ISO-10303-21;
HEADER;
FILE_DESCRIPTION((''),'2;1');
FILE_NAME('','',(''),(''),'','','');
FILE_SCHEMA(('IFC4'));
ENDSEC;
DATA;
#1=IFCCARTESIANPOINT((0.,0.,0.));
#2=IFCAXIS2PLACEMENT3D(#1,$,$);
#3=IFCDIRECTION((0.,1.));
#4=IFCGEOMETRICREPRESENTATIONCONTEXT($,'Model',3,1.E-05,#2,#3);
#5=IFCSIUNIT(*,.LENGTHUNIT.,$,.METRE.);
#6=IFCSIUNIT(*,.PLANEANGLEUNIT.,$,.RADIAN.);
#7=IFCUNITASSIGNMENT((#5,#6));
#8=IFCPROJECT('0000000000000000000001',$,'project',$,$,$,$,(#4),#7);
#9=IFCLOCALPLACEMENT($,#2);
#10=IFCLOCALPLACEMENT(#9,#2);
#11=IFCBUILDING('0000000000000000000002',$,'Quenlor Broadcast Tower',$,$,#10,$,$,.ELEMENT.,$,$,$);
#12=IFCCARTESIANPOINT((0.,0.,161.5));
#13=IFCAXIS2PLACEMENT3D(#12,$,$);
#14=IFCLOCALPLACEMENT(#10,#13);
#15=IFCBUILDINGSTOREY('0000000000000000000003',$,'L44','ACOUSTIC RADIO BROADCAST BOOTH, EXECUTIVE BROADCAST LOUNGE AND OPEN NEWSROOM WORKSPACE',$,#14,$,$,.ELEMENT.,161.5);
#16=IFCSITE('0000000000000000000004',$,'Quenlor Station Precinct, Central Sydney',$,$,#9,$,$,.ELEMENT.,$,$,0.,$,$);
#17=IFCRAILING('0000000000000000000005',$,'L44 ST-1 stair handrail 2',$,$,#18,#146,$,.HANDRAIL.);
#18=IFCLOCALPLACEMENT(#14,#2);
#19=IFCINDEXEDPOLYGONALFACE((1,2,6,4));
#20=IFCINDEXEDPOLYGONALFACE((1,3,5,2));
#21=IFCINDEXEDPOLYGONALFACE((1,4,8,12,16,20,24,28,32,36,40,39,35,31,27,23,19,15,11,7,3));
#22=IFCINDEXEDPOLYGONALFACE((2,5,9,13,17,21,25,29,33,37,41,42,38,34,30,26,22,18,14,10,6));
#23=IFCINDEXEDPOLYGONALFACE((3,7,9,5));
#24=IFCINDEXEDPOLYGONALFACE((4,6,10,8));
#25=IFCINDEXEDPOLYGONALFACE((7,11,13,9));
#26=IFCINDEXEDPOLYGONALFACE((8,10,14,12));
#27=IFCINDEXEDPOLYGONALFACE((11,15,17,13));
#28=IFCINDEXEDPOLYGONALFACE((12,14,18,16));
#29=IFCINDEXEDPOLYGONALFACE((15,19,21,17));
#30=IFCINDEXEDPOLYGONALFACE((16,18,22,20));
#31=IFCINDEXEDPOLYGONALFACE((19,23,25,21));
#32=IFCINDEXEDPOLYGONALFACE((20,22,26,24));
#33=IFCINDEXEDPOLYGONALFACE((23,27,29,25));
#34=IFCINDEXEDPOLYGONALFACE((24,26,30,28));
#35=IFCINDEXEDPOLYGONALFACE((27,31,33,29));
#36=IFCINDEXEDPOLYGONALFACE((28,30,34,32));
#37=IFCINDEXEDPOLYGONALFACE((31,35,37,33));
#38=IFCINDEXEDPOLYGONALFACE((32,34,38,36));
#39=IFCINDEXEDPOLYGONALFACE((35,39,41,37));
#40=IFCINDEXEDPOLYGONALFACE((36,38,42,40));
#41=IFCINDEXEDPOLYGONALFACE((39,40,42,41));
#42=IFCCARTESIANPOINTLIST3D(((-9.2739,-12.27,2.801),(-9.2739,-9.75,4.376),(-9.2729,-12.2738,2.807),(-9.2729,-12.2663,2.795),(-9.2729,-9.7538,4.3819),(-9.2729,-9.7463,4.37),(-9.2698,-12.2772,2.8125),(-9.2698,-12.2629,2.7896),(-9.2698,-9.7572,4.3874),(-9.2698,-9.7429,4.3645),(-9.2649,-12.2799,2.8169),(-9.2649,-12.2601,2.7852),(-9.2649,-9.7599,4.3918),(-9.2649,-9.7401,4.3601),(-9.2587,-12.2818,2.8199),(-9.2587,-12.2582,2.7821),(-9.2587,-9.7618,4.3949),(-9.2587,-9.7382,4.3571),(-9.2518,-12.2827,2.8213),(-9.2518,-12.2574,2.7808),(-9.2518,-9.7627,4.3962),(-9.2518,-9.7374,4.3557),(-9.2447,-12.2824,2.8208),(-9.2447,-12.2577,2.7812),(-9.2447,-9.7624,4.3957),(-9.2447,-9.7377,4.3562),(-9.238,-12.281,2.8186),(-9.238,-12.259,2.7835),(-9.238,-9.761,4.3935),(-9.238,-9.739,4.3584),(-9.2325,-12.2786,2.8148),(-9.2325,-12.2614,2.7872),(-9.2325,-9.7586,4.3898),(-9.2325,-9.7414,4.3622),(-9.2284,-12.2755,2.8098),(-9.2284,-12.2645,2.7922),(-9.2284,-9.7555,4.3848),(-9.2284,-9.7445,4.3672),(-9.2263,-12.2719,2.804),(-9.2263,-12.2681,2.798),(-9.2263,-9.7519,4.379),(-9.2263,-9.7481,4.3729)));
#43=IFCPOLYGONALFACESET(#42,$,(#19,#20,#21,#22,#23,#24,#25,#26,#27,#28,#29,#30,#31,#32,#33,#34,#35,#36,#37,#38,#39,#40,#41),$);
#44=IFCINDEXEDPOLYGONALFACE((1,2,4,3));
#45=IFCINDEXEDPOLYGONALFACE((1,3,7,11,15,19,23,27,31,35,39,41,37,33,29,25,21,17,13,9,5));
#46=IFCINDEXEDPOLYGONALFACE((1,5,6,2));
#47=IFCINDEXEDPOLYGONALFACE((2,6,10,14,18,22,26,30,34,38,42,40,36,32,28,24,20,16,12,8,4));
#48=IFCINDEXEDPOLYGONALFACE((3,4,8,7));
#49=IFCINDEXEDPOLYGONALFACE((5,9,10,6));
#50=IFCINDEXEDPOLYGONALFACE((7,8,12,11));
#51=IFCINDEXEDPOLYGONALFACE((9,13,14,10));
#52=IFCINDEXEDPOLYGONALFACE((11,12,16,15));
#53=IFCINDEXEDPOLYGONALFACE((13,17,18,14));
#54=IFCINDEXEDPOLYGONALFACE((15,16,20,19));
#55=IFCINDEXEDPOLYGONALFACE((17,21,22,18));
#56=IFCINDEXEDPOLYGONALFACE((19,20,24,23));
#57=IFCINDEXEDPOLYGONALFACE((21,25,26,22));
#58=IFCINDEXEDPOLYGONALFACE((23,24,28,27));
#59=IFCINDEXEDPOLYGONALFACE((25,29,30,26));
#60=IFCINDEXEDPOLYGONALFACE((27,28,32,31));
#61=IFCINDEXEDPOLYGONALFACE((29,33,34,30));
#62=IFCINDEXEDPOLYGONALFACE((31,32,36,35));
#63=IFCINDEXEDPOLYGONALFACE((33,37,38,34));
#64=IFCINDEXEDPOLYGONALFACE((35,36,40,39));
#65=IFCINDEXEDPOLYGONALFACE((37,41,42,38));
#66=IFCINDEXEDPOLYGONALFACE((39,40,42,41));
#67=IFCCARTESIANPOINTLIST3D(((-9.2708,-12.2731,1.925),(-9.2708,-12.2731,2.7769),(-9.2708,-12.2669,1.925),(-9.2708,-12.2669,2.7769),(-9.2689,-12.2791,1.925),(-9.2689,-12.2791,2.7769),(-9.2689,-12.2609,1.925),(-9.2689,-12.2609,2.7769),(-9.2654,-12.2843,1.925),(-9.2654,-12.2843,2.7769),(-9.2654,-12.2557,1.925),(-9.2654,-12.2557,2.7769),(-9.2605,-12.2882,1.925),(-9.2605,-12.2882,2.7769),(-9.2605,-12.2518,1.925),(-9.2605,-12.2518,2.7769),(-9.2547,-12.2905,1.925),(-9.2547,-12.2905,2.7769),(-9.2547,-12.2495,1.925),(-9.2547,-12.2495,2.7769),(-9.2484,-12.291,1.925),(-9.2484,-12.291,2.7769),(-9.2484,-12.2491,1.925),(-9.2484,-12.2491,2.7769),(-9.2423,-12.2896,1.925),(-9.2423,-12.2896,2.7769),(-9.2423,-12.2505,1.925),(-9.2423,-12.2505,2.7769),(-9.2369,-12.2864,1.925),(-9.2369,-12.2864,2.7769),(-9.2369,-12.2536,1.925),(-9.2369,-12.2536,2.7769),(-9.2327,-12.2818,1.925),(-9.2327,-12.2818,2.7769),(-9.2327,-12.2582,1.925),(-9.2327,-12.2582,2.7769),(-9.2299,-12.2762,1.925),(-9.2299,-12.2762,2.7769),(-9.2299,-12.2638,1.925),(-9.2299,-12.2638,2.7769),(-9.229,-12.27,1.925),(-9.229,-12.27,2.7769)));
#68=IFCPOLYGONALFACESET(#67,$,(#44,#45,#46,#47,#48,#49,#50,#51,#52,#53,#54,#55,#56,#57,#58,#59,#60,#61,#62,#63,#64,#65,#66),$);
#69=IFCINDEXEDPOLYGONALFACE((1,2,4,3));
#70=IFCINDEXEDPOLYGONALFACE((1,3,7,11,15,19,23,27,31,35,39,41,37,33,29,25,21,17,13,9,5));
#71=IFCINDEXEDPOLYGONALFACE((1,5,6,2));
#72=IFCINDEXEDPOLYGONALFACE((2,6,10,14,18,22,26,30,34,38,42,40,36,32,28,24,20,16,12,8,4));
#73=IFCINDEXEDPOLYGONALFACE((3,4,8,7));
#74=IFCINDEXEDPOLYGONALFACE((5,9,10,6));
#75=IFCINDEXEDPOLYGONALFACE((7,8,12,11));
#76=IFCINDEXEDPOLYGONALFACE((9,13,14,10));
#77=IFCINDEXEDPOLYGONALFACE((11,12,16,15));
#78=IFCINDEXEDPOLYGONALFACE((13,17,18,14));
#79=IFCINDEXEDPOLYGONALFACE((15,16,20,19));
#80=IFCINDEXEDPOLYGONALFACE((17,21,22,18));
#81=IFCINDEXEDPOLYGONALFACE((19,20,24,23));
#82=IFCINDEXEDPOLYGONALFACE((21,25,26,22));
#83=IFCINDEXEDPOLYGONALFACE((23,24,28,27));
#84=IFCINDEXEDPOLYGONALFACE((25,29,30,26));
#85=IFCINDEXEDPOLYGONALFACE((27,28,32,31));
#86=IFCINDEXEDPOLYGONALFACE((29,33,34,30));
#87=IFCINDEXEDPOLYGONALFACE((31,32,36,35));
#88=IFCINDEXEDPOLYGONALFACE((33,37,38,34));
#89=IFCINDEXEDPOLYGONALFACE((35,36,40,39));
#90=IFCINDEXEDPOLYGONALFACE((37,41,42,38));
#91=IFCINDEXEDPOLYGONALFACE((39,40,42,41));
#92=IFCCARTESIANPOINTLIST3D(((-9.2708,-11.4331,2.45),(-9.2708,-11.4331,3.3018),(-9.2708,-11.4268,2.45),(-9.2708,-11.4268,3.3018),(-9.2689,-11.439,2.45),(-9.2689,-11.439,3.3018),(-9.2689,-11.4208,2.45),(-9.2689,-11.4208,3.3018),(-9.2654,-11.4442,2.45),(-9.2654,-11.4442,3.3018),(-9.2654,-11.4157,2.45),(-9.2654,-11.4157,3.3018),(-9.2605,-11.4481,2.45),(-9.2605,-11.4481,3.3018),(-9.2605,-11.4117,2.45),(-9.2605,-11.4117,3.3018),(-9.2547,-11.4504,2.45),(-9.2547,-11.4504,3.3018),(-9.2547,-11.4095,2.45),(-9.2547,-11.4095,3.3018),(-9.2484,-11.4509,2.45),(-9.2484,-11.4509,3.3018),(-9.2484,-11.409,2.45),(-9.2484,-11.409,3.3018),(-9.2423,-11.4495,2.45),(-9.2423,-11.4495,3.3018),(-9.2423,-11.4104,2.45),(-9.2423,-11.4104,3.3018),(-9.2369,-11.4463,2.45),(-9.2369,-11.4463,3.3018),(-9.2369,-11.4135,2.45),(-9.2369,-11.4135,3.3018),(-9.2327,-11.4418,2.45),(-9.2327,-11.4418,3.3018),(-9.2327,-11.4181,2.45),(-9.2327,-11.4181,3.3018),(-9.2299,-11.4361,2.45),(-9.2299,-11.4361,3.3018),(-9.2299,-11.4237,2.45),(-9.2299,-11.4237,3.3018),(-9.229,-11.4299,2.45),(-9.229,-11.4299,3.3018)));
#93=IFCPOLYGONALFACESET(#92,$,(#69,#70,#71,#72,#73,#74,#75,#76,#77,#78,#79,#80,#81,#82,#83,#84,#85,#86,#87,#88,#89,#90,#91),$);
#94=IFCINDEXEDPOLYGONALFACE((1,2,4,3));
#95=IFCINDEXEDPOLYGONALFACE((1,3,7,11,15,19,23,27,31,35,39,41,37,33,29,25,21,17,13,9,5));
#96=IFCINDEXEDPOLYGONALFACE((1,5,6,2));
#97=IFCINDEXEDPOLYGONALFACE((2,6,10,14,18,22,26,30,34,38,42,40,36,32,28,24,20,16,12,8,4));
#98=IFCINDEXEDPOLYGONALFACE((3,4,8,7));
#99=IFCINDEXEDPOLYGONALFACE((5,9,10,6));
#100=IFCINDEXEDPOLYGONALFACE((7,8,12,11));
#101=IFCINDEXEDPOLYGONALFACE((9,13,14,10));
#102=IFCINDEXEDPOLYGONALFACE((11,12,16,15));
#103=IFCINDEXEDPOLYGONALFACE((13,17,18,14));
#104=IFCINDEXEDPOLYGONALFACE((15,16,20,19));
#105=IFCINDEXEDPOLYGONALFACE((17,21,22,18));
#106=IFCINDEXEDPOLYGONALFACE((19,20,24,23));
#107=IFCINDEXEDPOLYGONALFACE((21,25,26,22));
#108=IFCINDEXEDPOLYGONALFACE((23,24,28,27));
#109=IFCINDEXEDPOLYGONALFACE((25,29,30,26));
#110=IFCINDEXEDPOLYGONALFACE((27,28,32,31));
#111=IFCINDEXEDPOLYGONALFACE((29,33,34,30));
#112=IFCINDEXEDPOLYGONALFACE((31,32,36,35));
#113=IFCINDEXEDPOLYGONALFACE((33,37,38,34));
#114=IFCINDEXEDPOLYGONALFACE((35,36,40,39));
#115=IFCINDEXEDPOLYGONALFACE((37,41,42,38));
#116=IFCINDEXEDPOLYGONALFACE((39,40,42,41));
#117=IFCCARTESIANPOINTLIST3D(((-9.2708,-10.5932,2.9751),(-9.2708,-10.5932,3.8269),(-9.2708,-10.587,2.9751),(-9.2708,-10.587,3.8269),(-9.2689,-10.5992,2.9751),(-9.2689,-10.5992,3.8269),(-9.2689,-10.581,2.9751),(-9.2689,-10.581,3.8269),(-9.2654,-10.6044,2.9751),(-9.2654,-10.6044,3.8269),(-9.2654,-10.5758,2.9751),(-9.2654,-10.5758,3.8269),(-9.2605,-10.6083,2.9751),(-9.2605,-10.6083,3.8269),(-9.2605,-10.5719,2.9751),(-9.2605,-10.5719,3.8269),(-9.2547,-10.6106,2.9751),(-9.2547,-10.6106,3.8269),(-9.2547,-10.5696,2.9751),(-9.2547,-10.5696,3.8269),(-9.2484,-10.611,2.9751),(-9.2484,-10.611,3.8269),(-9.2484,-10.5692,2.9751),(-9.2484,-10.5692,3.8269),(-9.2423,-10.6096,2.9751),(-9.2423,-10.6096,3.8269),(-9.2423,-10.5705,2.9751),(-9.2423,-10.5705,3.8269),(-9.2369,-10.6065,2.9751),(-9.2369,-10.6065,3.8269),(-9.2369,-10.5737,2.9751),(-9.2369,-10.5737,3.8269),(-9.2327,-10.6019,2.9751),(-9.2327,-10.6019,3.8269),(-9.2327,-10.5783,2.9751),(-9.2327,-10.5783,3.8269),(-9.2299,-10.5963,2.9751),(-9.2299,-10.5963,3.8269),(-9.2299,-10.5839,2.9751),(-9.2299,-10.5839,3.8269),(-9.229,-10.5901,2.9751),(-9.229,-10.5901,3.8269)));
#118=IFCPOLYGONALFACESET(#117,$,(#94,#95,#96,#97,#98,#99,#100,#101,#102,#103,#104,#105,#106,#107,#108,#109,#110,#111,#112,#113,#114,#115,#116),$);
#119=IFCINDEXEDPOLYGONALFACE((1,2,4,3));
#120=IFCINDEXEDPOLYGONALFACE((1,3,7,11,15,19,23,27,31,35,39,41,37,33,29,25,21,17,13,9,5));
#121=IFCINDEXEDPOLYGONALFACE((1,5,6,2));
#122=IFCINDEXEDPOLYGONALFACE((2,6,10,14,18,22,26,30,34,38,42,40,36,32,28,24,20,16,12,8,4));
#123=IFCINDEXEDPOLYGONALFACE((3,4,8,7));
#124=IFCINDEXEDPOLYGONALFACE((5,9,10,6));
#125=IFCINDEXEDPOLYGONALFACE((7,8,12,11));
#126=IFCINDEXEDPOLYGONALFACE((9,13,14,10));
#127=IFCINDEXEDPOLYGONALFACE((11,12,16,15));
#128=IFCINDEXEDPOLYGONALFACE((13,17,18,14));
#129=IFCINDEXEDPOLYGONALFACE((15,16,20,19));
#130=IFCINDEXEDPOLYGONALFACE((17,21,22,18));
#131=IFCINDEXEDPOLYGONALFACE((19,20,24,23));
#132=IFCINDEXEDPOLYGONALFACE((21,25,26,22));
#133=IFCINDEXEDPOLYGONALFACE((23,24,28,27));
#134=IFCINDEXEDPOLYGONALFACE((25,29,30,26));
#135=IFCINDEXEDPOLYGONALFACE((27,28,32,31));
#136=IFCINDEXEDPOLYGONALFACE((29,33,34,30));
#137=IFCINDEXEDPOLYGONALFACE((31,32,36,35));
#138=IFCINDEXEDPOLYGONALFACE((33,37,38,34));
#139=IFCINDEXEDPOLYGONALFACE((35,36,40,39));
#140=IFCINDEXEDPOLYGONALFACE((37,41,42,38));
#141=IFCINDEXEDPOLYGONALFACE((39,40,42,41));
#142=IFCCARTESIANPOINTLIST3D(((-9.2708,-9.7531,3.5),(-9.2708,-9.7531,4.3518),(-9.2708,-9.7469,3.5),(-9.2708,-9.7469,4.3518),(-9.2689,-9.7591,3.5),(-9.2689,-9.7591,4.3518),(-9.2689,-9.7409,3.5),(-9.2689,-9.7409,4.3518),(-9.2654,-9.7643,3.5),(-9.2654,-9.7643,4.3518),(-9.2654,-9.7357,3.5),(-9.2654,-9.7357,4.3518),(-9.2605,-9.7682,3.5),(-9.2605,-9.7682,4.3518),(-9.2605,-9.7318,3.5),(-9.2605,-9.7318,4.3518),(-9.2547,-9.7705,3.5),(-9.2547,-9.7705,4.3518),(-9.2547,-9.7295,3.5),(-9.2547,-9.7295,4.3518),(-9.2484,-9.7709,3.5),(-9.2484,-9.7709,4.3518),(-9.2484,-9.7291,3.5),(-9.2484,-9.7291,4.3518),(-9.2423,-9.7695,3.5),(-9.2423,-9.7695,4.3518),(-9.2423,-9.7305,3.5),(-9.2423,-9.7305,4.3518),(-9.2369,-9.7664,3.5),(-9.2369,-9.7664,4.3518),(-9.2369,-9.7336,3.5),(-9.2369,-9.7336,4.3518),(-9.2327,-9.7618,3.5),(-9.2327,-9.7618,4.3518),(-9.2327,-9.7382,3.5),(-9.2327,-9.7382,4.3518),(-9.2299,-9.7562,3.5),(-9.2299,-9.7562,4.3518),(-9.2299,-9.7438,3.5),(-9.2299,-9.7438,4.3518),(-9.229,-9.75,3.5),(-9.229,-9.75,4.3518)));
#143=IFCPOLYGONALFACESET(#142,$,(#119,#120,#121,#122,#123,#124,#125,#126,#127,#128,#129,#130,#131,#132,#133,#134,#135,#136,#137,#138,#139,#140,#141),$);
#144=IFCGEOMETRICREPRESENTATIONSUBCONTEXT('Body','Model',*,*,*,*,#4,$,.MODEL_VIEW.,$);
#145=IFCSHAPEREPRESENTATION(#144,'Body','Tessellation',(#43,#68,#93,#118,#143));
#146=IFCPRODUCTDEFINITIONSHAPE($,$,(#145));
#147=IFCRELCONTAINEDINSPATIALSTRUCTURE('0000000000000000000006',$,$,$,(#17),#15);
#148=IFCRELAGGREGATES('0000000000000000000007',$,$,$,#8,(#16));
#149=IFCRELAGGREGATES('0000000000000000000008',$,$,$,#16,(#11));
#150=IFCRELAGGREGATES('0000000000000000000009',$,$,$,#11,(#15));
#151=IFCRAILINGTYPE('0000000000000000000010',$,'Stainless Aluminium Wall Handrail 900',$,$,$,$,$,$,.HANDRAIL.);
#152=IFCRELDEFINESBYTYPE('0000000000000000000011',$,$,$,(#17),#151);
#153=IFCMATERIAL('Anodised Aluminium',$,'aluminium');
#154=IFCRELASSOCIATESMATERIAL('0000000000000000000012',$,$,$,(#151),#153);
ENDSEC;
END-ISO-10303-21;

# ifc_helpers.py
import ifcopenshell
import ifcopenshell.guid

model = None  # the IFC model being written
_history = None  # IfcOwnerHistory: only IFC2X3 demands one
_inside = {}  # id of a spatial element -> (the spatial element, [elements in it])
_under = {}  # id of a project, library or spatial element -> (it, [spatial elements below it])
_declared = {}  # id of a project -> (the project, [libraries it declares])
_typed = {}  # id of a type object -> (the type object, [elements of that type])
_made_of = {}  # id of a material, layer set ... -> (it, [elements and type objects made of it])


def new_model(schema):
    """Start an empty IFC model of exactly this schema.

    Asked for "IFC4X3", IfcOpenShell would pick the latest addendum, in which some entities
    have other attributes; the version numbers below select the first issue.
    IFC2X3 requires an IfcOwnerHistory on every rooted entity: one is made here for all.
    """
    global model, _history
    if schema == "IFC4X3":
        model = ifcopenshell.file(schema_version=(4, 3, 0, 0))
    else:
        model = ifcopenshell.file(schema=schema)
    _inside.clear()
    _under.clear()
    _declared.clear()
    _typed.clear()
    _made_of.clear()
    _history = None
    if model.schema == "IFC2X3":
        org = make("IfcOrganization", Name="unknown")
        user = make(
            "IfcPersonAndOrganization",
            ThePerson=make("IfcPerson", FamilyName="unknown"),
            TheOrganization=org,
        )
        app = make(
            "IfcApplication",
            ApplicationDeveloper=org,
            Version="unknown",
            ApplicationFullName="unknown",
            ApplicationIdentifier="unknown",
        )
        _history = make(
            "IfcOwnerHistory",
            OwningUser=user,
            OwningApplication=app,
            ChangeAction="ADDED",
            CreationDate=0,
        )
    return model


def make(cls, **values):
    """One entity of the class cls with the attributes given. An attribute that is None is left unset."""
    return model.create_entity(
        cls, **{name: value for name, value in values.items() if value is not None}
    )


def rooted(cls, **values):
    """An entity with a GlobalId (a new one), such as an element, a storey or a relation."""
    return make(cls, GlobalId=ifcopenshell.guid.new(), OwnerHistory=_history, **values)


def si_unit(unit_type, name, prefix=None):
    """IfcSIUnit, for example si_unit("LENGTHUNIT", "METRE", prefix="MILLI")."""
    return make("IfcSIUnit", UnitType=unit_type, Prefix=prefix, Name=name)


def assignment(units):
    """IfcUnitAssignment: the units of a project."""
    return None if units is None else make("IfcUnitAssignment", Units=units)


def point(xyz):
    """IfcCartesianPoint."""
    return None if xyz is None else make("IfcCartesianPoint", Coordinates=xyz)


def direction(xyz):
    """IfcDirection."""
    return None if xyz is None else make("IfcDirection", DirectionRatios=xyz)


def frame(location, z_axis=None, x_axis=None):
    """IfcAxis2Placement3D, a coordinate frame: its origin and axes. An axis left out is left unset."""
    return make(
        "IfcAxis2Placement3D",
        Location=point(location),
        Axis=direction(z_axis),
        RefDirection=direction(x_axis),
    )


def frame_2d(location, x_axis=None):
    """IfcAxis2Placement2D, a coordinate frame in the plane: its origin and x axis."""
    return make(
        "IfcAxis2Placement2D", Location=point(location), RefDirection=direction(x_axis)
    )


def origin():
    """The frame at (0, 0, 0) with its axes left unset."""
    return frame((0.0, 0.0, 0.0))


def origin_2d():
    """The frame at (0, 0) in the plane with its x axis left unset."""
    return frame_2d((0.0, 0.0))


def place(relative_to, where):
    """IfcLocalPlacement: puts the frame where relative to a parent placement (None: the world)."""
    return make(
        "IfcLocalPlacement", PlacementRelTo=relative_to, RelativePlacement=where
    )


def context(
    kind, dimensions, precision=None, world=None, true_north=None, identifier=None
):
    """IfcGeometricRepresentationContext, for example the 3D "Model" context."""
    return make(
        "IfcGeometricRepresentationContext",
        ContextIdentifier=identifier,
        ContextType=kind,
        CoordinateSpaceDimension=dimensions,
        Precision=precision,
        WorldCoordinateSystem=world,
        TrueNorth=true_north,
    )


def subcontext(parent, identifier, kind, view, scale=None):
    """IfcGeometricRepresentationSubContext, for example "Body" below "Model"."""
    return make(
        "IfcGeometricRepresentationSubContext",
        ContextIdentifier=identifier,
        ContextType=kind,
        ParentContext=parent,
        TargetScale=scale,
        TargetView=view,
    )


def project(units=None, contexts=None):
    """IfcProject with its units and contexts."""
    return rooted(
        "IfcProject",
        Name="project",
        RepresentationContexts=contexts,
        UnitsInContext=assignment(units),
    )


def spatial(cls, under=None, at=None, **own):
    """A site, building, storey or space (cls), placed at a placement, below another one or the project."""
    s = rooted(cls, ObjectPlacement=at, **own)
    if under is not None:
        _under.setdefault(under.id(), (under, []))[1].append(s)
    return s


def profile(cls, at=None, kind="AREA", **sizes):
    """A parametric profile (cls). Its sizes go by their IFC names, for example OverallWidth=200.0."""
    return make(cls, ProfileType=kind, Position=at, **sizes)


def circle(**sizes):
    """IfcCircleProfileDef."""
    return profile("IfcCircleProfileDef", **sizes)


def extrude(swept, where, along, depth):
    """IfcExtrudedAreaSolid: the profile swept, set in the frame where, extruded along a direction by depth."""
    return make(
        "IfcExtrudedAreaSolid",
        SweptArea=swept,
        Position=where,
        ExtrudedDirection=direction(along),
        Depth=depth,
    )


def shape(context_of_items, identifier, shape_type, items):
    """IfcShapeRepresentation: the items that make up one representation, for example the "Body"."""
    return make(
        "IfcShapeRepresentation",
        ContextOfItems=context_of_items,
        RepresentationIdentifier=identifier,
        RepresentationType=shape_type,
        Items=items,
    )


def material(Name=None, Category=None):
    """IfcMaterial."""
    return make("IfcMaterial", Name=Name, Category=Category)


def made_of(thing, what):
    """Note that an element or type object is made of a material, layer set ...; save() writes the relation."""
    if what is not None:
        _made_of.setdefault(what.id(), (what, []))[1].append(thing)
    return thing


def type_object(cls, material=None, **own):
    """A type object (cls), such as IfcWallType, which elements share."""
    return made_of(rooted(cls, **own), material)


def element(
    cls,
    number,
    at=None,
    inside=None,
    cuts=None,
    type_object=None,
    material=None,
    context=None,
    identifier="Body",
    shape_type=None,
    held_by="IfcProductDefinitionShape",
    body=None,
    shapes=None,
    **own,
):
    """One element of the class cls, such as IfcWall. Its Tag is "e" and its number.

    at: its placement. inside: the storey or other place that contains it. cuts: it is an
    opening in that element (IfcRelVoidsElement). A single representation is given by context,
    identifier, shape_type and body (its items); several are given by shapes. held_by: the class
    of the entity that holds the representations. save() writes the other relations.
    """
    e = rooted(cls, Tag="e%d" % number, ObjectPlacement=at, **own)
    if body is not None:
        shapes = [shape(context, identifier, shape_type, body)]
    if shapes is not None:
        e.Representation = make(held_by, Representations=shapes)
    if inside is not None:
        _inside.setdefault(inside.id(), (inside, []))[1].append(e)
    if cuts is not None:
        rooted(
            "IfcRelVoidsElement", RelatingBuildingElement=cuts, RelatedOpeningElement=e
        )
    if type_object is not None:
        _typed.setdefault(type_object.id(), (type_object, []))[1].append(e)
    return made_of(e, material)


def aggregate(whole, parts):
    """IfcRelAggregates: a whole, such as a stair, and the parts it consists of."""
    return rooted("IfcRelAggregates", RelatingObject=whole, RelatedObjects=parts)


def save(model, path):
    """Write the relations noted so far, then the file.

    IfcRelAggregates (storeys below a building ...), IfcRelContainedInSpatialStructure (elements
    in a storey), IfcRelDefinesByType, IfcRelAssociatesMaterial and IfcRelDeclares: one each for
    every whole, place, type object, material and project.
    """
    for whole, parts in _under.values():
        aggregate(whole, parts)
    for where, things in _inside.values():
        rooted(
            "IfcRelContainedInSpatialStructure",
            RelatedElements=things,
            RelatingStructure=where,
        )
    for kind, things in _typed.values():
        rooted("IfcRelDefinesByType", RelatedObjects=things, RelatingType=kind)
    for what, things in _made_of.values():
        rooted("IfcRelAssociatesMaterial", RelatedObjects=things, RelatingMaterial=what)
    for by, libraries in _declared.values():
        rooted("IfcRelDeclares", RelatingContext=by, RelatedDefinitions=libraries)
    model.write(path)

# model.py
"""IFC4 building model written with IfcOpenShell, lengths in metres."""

from ifc_helpers import new_model, si_unit, direction, frame, origin, origin_2d, place, context, subcontext, project, spatial, circle, extrude, material, type_object, element, save


model = new_model("IFC4")

# Units and contexts
model_context = context("Model", 3, precision=1e-05, world=origin(), true_north=direction((0.0, 1.0)))
body_context = subcontext(model_context, "Body", "Model", "MODEL_VIEW")
ifc_project = project(units=[si_unit("LENGTHUNIT", "METRE"), si_unit("PLANEANGLEUNIT", "RADIAN")], contexts=[model_context])

# Site, building, storey
site_placement = place(None, origin())
site = spatial("IfcSite", under=ifc_project, at=site_placement, Name="Quenlor Station Precinct, Central Sydney", CompositionType="ELEMENT", RefElevation=0.0)
building_placement = place(site_placement, origin())
building = spatial("IfcBuilding", under=site, at=building_placement, Name="Quenlor Broadcast Tower", CompositionType="ELEMENT")
storey_placement = place(building_placement, frame((0.0, 0.0, 161.5)))
storey = spatial("IfcBuildingStorey", under=building, at=storey_placement, Name="L44", Description="ACOUSTIC RADIO BROADCAST BOOTH, EXECUTIVE BROADCAST LOUNGE AND OPEN NEWSROOM WORKSPACE", CompositionType="ELEMENT", Elevation=161.5)

# Railing
ifc_material_1 = material(Name="Anodised Aluminium", Category="aluminium")
railing_type_1 = type_object("IfcRailingType", Name="Stainless Aluminium Wall Handrail 900", PredefinedType="HANDRAIL", material=ifc_material_1)
railing_1_placement = place(storey_placement, frame((-9.25, -12.27, 1.925)))
element("IfcRailing", 1, at=railing_1_placement, inside=storey, type_object=railing_type_1, Name="L44 ST-1 stair handrail 2", PredefinedType="HANDRAIL", context=body_context, shape_type="SweptSolid", body=[
    extrude(circle(Radius=0.0239, at=origin_2d()), frame((0.0, 0.0, 0.876), z_axis=(0.0, 0.848008, 0.529984), x_axis=(-1.0, 0.0, 0.0)), (0.0, 0.0, 1.0), 2.9717),
    extrude(circle(Radius=0.021, at=origin_2d()), origin(), (0.0, 0.0, 1.0), 0.8518),
    extrude(circle(Radius=0.021, at=origin_2d()), frame((0.0, 0.8401, 0.5249)), (0.0, 0.0, 1.0), 0.8518),
    extrude(circle(Radius=0.021, at=origin_2d()), frame((0.0, 1.6799, 1.05)), (0.0, 0.0, 1.0), 0.8518),
    extrude(circle(Radius=0.021, at=origin_2d()), frame((0.0, 2.52, 1.575)), (0.0, 0.0, 1.0), 0.8518),
])

save(model, "model.ifc")
